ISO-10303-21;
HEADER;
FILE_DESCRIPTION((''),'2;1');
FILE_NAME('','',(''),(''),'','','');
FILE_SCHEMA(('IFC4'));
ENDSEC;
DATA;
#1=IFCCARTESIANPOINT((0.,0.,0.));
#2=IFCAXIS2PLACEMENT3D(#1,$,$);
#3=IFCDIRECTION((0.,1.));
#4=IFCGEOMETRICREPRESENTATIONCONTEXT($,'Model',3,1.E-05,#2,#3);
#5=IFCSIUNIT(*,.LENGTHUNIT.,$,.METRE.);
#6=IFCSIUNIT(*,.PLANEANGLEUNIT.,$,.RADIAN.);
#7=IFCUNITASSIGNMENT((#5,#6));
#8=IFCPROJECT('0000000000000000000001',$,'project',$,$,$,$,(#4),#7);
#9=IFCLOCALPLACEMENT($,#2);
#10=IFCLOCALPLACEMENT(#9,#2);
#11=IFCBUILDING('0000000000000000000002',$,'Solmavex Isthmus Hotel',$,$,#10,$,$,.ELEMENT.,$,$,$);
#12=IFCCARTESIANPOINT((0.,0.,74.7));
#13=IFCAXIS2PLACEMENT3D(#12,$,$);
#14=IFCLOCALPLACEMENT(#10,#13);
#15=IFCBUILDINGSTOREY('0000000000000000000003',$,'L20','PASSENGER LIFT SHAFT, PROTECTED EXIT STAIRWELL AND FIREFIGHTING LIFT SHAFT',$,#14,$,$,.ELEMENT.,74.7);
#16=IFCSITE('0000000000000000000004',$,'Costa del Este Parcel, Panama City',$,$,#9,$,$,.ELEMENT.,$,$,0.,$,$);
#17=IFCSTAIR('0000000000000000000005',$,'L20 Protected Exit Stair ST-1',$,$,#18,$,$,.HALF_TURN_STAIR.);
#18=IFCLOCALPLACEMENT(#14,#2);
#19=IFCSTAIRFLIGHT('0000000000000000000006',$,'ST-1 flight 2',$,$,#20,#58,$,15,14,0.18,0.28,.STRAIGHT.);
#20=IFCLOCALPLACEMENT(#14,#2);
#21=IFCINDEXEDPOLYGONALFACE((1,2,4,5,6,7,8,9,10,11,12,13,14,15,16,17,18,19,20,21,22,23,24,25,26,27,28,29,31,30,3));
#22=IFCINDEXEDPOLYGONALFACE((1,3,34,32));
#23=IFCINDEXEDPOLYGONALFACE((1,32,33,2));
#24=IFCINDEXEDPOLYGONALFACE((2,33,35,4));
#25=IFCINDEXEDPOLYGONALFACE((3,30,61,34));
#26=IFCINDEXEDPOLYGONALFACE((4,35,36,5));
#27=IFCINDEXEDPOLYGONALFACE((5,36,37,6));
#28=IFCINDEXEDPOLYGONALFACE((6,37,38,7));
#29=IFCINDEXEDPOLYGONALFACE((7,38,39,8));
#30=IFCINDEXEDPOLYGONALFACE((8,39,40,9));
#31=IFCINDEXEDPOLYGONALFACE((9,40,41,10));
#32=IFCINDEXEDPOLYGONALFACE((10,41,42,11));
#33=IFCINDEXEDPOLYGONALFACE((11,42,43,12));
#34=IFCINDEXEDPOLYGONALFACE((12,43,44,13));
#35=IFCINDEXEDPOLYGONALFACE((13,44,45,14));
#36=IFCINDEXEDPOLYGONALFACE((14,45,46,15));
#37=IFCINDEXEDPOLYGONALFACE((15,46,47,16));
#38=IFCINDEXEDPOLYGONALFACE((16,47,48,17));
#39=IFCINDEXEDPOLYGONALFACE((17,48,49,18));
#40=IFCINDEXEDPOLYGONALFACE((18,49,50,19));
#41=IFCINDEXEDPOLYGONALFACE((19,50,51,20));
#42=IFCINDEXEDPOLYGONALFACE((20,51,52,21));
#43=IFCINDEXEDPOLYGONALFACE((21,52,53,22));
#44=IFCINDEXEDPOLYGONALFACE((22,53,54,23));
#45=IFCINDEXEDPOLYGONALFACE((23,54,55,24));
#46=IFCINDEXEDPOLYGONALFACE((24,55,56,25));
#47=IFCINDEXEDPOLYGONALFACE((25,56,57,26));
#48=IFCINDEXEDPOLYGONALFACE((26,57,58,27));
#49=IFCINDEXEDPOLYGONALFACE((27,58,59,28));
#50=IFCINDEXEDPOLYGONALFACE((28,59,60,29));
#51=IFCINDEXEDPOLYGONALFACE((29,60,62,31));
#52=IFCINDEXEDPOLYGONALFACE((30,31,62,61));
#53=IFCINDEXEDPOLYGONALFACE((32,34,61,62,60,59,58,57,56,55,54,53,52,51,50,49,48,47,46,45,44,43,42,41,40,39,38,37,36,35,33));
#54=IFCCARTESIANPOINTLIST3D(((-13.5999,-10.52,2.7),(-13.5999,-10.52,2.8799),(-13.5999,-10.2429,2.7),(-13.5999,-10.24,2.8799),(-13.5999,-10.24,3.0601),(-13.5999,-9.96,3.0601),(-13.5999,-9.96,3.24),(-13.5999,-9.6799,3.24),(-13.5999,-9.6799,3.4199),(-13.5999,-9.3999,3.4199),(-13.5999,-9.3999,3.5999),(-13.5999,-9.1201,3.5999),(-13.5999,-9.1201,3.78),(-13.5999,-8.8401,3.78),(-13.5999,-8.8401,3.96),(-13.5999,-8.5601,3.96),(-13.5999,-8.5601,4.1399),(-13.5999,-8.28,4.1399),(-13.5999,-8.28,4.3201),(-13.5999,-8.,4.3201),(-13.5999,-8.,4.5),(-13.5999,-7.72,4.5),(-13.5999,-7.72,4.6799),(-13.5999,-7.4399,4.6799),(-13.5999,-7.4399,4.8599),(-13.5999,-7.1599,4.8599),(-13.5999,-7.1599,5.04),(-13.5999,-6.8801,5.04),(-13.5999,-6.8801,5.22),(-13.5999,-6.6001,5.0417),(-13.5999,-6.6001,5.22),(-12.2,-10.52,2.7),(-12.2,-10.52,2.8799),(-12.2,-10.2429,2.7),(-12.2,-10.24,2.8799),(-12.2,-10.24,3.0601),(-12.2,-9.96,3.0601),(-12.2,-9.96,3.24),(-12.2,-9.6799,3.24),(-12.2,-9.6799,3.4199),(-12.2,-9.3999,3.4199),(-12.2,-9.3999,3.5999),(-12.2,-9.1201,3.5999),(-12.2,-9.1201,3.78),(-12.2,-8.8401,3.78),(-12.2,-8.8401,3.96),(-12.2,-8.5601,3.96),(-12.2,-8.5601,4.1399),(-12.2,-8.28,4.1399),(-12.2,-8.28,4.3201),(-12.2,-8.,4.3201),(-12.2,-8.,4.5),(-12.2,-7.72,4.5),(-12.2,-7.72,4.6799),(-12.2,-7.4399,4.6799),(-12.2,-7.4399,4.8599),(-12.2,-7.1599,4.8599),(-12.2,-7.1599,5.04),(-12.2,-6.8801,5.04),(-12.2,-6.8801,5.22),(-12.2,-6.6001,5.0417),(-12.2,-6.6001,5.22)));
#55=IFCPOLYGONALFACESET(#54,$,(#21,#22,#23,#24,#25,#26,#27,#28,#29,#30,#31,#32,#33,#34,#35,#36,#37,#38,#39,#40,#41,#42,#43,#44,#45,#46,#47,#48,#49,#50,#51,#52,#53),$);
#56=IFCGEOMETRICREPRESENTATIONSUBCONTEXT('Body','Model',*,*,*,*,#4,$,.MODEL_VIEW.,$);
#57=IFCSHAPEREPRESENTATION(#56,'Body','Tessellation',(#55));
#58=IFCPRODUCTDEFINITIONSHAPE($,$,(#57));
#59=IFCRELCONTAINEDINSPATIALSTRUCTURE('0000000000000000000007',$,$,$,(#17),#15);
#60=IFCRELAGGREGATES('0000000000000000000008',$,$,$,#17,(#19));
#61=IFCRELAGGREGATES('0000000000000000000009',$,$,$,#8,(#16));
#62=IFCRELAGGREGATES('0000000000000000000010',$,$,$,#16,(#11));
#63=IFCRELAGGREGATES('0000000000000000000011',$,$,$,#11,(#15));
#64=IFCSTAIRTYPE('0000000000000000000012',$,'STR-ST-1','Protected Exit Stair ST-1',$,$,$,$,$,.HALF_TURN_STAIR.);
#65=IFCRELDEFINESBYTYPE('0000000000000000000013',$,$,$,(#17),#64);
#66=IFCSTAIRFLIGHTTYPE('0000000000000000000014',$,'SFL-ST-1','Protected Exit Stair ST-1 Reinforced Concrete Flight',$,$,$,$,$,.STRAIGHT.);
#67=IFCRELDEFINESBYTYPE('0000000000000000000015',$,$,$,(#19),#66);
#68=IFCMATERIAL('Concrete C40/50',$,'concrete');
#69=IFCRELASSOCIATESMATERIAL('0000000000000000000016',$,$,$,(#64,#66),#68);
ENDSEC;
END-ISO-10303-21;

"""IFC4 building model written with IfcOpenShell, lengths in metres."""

from ifc_helpers import new_model, si_unit, direction, frame, origin, place, context, subcontext, project, spatial, polyline, outline, extrude, material, type_object, element, aggregate, save


model = new_model("IFC4")

# Units and contexts
model_context = context("Model", 3, precision=1e-05, world=origin(), true_north=direction((0.0, 1.0)))
body_context = subcontext(model_context, "Body", "Model", "MODEL_VIEW")
ifc_project = project(units=[si_unit("LENGTHUNIT", "METRE"), si_unit("PLANEANGLEUNIT", "RADIAN")], contexts=[model_context])

# Site, building, storey
site_placement = place(None, origin())
site = spatial("IfcSite", under=ifc_project, at=site_placement, Name="Costa del Este Parcel, Panama City", CompositionType="ELEMENT", RefElevation=0.0)
building_placement = place(site_placement, origin())
building = spatial("IfcBuilding", under=site, at=building_placement, Name="Solmavex Isthmus Hotel", CompositionType="ELEMENT")
storey_placement = place(building_placement, frame((0.0, 0.0, 74.7)))
storey = spatial("IfcBuildingStorey", under=building, at=storey_placement, Name="L20", Description="PASSENGER LIFT SHAFT, PROTECTED EXIT STAIRWELL AND FIREFIGHTING LIFT SHAFT", CompositionType="ELEMENT", Elevation=74.7)

# Shared definitions
ifc_material_1 = material(Name="Concrete C40/50", Category="concrete")

# Stair, stair flight
stair_type = type_object("IfcStairType", Name="STR-ST-1", Description="Protected Exit Stair ST-1", PredefinedType="HALF_TURN_STAIR", material=ifc_material_1)
stair_placement = place(storey_placement, origin())
stair = element("IfcStair", 1, at=stair_placement, inside=storey, type_object=stair_type, Name="L20 Protected Exit Stair ST-1", PredefinedType="HALF_TURN_STAIR")
stair_flight_type = type_object("IfcStairFlightType", Name="SFL-ST-1", Description="Protected Exit Stair ST-1 Reinforced Concrete Flight", PredefinedType="STRAIGHT", material=ifc_material_1)
stair_flight_placement = place(storey_placement, frame((-12.8999, -10.52, 2.7), z_axis=(0.0, 0.0, 1.0), x_axis=(0.0, 1.0, 0.0)))
stair_flight = element("IfcStairFlight", 2, at=stair_flight_placement, type_object=stair_flight_type, Name="ST-1 flight 2", NumberOfRisers=15, NumberOfTreads=14, PredefinedType="STRAIGHT", RiserHeight=0.18, TreadLength=0.28, context=body_context, shape_type="SweptSolid", body=[
    extrude(outline(polyline([(0.0, 0.0), (0.0, 0.1799), (0.28, 0.1799), (0.28, 0.3601), (0.5601, 0.3601), (0.5601, 0.54), (0.8401, 0.54), (0.8401, 0.72), (1.1201, 0.72), (1.1201, 0.8999), (1.3999, 0.8999), (1.3999, 1.0801), (1.6799, 1.0801), (1.6799, 1.26), (1.96, 1.26), (1.96, 1.4399), (2.24, 1.4399), (2.24, 1.6201), (2.52, 1.6201), (2.52, 1.8), (2.8, 1.8), (2.8, 1.98), (3.0801, 1.98), (3.0801, 2.1599), (3.3601, 2.1599), (3.3601, 2.3401), (3.6399, 2.3401), (3.6399, 2.52), (3.9199, 2.52), (3.9199, 2.7), (3.9199, 2.3418), (0.2771, 0.0), (0.0, 0.0)])), frame((0.0, 0.7, 0.0), z_axis=(0.0, -1.0, 0.0), x_axis=(1.0, 0.0, 0.0)), (0.0, 0.0, 1.0), 1.3999),
])
aggregate(stair, [stair_flight])

save(model, "model.ifc")
